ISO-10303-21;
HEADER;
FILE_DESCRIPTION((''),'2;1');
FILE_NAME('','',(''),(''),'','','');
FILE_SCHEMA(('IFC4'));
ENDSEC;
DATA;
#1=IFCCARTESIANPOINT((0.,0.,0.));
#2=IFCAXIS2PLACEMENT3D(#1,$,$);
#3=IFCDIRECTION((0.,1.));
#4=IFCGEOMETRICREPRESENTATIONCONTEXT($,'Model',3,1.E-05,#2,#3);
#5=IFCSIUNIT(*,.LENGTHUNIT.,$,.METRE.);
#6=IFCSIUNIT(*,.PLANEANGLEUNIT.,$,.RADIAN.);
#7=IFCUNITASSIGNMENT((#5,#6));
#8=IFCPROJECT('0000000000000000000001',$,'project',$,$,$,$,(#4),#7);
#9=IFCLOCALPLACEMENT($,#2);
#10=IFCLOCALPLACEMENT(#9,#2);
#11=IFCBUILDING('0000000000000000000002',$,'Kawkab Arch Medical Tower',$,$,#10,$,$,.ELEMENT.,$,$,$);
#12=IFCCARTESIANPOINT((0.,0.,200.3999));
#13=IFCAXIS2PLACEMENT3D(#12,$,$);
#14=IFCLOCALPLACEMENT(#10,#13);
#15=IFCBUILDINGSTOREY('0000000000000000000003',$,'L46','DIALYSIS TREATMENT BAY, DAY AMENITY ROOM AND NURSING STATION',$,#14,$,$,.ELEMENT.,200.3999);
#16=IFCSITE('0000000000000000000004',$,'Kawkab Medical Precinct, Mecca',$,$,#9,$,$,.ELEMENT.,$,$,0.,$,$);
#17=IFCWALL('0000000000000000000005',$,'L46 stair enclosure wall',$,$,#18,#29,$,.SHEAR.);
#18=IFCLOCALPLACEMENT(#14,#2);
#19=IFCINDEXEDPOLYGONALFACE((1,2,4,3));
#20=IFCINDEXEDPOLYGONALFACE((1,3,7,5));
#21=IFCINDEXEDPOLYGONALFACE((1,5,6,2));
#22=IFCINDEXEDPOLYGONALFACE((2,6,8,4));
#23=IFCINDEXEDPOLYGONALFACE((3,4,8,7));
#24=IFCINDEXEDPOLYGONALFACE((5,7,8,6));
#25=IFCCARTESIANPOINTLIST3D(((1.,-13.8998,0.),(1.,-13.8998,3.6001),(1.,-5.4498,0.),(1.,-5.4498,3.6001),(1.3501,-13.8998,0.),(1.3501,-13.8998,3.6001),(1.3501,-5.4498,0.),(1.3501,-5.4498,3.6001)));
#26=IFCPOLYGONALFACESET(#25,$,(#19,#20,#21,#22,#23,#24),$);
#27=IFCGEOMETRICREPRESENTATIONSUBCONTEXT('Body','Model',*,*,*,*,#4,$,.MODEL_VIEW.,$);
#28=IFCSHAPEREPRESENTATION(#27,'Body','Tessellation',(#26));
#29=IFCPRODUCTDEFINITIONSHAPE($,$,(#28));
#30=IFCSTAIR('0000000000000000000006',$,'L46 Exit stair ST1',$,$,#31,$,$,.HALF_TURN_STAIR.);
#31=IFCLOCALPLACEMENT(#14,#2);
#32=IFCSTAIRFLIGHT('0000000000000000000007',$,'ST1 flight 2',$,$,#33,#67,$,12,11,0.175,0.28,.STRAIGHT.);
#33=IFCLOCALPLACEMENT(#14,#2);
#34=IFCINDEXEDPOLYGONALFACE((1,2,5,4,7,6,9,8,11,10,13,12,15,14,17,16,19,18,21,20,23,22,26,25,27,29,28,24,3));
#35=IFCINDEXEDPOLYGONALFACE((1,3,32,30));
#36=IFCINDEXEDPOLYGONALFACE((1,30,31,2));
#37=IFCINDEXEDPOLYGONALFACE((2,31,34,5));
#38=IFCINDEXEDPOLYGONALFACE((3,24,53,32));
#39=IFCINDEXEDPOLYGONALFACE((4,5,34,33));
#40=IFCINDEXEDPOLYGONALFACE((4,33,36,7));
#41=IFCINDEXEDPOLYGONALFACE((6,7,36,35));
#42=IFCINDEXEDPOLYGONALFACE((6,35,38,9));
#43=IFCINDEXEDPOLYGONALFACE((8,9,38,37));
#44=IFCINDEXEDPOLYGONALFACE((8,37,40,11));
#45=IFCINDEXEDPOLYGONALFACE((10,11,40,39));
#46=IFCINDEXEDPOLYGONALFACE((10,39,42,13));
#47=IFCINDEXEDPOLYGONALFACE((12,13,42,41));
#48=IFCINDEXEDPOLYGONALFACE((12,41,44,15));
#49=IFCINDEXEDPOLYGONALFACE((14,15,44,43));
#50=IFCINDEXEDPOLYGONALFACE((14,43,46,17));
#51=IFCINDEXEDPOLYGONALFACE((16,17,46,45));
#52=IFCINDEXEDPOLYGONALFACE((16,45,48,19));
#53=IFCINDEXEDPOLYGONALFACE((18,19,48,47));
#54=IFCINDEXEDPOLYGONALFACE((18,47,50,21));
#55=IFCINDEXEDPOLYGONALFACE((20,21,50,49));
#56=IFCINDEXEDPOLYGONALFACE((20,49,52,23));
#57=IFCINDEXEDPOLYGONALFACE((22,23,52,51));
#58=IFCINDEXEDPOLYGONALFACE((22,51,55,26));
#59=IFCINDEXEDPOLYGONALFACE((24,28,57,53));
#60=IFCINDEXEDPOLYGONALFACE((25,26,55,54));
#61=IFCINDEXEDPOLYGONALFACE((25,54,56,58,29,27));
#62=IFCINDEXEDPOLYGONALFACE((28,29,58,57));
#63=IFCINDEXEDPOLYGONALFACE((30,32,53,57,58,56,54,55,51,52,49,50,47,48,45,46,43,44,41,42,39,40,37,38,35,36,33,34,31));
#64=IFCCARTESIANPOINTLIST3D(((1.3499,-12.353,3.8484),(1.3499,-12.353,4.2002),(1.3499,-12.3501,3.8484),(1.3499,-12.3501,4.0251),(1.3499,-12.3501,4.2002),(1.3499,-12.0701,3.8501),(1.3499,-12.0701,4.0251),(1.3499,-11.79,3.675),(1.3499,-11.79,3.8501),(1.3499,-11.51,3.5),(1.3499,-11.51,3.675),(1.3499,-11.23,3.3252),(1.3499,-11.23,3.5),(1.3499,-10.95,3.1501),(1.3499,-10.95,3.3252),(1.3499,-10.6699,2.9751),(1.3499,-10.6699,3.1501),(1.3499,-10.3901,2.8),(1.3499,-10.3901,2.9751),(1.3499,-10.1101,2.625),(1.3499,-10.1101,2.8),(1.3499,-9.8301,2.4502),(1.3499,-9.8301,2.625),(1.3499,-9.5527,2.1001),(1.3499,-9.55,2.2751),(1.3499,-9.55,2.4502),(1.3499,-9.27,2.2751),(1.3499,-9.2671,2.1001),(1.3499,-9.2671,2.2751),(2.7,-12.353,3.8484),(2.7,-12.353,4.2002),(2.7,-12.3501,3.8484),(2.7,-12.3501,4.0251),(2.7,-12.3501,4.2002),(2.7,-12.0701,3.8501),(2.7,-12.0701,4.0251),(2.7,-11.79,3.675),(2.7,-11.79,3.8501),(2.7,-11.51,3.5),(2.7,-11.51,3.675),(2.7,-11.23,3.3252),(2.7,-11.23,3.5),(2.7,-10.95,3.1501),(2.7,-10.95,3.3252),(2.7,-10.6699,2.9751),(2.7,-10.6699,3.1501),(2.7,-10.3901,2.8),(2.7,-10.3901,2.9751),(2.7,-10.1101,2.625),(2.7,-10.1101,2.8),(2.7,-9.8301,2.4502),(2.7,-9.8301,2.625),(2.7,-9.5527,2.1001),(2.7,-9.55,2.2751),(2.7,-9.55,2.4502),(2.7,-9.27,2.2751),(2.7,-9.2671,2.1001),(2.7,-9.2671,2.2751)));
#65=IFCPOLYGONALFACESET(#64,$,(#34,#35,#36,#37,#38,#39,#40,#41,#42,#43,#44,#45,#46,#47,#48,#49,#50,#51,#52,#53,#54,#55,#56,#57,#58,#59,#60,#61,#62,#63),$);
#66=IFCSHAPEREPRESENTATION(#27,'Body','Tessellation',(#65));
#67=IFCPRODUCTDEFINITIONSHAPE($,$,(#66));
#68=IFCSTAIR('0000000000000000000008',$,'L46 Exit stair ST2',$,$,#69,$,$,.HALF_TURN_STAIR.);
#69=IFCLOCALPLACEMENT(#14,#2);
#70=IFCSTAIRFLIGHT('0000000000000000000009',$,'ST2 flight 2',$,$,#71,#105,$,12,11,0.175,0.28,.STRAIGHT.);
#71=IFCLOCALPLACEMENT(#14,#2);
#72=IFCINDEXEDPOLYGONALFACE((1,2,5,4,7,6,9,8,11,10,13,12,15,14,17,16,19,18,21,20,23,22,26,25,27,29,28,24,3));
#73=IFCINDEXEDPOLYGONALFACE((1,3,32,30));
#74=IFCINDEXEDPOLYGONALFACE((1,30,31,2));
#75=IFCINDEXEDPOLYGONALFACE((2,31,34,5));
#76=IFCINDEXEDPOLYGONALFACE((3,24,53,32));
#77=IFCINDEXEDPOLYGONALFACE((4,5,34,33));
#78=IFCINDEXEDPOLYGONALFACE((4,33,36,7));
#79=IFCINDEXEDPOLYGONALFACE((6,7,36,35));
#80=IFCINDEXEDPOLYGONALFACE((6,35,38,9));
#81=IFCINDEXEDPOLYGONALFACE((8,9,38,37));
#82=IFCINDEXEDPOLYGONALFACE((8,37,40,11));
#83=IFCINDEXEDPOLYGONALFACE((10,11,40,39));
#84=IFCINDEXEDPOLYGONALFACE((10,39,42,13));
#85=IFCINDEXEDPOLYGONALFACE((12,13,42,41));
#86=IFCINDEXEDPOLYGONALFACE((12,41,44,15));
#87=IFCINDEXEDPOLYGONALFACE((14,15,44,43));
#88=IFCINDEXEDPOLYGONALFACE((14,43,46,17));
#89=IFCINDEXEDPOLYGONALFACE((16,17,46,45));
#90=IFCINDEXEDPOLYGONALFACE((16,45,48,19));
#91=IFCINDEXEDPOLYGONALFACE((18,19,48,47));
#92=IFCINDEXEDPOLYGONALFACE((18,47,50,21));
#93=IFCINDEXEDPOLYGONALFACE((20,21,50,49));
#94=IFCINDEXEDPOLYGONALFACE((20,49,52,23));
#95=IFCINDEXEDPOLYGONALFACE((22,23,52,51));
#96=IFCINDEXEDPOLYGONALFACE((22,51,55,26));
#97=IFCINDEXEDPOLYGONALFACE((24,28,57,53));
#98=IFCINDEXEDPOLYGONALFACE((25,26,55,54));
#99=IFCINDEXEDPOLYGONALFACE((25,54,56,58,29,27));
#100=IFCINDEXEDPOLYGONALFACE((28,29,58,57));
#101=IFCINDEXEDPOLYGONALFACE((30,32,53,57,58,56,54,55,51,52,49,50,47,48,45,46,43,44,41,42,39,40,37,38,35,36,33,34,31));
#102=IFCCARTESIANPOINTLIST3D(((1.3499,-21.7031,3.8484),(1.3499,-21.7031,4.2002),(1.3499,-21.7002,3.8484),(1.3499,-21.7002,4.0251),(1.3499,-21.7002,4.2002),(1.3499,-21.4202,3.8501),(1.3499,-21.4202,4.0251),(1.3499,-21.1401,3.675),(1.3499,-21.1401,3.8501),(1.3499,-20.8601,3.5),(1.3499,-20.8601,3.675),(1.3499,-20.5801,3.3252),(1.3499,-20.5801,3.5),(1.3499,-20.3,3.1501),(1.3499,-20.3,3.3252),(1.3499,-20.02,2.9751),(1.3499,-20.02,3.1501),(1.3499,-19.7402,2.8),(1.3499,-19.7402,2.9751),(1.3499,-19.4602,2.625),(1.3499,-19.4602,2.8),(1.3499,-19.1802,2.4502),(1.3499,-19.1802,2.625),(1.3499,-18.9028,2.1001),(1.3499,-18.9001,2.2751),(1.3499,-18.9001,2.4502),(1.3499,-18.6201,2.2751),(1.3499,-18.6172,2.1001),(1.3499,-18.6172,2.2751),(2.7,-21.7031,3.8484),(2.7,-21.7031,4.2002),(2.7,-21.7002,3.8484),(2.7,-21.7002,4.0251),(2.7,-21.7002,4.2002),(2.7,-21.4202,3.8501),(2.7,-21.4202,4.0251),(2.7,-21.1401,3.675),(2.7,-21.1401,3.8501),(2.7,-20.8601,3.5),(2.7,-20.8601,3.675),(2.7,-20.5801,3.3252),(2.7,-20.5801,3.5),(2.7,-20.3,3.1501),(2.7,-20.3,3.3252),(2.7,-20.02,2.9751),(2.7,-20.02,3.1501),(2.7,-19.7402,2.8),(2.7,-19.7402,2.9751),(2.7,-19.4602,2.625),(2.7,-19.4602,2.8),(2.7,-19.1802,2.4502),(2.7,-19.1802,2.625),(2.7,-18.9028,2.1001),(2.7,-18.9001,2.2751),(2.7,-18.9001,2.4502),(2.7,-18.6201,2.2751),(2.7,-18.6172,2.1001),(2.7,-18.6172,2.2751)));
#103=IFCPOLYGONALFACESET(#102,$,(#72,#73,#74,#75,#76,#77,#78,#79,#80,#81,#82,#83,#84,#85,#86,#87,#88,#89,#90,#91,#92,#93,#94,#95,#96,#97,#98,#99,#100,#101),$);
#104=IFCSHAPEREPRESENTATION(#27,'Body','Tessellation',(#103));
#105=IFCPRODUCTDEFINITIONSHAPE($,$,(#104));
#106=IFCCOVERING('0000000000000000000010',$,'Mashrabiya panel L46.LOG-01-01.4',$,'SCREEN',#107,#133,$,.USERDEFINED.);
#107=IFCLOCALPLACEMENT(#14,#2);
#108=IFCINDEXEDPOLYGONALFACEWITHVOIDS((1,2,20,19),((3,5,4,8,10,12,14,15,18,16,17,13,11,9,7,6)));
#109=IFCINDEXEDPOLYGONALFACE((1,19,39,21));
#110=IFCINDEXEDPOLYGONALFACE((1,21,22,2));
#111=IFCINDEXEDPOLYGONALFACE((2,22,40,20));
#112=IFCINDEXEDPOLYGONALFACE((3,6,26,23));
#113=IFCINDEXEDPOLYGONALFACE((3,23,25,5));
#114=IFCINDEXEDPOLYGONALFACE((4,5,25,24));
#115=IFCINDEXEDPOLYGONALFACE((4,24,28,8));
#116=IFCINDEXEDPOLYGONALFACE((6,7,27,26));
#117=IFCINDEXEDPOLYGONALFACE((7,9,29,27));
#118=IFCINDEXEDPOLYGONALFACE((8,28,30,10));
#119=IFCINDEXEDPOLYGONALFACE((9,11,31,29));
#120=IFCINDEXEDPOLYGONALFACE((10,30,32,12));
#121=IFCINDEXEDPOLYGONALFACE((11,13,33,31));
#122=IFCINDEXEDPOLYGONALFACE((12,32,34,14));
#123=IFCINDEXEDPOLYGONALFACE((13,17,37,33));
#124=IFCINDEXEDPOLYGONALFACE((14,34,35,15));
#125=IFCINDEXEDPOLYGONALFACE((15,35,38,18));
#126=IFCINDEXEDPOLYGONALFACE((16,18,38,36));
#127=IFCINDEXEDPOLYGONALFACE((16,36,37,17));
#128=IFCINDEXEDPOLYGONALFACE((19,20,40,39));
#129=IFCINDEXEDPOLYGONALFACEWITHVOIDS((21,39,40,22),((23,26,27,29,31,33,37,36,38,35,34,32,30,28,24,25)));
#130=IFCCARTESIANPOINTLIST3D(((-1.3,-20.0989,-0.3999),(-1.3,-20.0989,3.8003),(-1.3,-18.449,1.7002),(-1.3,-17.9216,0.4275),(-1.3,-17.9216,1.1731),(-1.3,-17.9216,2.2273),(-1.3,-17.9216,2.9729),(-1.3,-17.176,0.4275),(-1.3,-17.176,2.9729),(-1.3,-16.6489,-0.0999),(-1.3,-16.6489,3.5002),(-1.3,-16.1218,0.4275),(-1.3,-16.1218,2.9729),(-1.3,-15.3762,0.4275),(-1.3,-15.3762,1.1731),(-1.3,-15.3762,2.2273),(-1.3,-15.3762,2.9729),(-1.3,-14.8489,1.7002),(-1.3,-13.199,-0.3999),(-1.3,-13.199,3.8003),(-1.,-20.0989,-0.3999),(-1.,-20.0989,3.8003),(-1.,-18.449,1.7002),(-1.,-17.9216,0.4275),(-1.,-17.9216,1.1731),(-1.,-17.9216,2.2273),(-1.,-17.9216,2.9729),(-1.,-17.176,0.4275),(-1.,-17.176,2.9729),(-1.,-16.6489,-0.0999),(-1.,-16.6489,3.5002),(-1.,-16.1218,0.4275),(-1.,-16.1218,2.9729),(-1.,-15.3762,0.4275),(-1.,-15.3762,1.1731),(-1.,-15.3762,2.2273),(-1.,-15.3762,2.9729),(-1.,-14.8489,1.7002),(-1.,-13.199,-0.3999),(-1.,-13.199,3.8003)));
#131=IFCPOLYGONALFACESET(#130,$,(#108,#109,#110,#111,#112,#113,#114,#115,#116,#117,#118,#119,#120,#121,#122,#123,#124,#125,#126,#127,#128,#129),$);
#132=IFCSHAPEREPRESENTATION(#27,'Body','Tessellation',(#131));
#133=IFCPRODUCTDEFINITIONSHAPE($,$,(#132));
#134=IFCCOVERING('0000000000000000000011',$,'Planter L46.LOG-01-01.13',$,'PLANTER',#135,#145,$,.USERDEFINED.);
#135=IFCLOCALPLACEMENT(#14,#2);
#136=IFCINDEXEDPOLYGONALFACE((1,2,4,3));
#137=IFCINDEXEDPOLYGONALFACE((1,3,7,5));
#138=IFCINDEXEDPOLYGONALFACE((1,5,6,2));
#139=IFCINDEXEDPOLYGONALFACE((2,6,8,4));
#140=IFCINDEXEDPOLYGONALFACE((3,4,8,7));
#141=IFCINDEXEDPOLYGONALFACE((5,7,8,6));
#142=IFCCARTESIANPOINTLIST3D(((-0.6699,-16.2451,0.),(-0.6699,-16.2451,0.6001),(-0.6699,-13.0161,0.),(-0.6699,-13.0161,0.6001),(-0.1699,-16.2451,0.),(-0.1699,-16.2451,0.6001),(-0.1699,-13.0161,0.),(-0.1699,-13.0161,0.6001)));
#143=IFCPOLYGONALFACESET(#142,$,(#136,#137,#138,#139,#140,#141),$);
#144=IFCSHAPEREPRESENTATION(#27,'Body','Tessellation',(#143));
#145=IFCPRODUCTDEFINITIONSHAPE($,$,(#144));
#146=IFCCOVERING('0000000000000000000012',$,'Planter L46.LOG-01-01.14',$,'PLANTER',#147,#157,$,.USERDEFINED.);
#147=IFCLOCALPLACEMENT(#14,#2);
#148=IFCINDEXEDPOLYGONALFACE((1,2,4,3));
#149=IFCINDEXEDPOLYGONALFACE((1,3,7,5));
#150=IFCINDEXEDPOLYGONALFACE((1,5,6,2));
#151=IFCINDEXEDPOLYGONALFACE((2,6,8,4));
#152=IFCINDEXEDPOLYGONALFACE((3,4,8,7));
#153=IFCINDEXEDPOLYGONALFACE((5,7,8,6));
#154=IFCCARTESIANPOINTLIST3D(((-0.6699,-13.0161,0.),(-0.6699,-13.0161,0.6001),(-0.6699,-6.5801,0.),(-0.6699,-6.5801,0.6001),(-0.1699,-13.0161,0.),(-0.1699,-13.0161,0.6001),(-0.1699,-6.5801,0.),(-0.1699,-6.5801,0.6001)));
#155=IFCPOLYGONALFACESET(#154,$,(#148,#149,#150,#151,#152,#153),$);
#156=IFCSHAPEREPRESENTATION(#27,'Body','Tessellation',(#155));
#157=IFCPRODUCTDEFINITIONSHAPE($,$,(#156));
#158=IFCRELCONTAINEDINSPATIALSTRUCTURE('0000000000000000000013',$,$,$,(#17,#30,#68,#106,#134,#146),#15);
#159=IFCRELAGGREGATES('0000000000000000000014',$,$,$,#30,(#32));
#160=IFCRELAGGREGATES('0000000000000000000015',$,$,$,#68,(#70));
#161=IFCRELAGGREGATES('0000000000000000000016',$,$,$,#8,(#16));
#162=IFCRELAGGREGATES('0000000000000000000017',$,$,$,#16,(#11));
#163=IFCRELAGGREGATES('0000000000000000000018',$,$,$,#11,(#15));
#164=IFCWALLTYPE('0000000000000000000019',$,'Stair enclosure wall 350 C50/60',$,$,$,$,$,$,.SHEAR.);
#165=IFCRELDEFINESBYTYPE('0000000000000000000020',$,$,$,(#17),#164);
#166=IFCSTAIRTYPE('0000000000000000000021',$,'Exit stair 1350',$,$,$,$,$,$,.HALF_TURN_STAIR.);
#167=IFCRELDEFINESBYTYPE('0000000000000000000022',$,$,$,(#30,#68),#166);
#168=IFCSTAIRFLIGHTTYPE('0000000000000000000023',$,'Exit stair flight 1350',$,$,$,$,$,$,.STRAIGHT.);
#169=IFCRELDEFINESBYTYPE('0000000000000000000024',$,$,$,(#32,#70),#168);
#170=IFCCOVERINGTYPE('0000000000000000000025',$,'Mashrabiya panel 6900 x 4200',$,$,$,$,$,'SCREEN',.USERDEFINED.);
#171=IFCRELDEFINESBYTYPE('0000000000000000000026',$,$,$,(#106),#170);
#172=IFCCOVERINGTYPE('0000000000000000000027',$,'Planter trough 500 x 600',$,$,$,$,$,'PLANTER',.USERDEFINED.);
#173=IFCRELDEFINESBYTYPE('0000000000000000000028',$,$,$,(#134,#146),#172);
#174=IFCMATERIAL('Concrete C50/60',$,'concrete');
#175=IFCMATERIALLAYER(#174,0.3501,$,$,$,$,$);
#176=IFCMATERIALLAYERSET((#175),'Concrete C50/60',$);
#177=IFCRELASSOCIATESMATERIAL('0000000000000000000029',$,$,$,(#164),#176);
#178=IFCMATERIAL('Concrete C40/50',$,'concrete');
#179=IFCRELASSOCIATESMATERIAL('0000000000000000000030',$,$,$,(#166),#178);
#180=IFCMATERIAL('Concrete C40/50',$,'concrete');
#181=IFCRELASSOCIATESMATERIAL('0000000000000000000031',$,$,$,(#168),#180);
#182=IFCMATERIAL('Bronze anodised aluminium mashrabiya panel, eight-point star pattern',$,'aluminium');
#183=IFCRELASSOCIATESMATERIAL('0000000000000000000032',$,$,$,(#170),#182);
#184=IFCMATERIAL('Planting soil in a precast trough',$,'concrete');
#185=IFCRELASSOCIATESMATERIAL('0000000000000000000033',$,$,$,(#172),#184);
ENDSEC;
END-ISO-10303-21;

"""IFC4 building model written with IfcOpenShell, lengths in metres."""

from ifc_helpers import new_model, si_unit, direction, frame, frame_2d, origin, origin_2d, place, context, subcontext, project, spatial, polyline, rectangle, outline, extrude, material, layer, layer_set, material_profile, profile_set, type_object, element, aggregate, save


model = new_model("IFC4")

# Units and contexts
model_context = context("Model", 3, precision=1e-05, world=origin(), true_north=direction((0.0, 1.0)))
body_context = subcontext(model_context, "Body", "Model", "MODEL_VIEW")
ifc_project = project(units=[si_unit("LENGTHUNIT", "METRE"), si_unit("PLANEANGLEUNIT", "RADIAN")], contexts=[model_context])

# Site, building, storey
site_placement = place(None, origin())
site = spatial("IfcSite", under=ifc_project, at=site_placement, Name="Kawkab Medical Precinct, Mecca", CompositionType="ELEMENT", RefElevation=0.0)
building_placement = place(site_placement, origin())
building = spatial("IfcBuilding", under=site, at=building_placement, Name="Kawkab Arch Medical Tower", CompositionType="ELEMENT")
storey_placement = place(building_placement, frame((0.0, 0.0, 200.3999)))
storey = spatial("IfcBuildingStorey", under=building, at=storey_placement, Name="L46", Description="DIALYSIS TREATMENT BAY, DAY AMENITY ROOM AND NURSING STATION", CompositionType="ELEMENT", Elevation=200.3999)

# Shared definitions
placement = place(storey_placement, origin())

# Wall
ifc_material_1 = material(Name="Concrete C50/60", Category="concrete")
ifc_layer_1 = layer(ifc_material_1, 0.3501)
ifc_layer_set_1 = layer_set([ifc_layer_1], Name="Concrete C50/60")
wall_type_1 = type_object("IfcWallType", Name="Stair enclosure wall 350 C50/60", PredefinedType="SHEAR", material=ifc_layer_set_1)
wall_1_placement = place(storey_placement, frame((1.175, -13.8999, 0.0), z_axis=(0.0, 0.0, 1.0), x_axis=(0.0, 1.0, 0.0)))
element("IfcWall", 1, at=wall_1_placement, inside=storey, type_object=wall_type_1, Name="L46 stair enclosure wall", PredefinedType="SHEAR", context=body_context, shape_type="SweptSolid", body=[
    extrude(rectangle(XDim=8.45, YDim=0.3501, at=frame_2d((4.2251, 0.0))), origin(), (0.0, 0.0, 1.0), 3.6001),
])

# Stairs, stair flights
ifc_material_2 = material(Name="Concrete C40/50", Category="concrete")
stair_type = type_object("IfcStairType", Name="Exit stair 1350", PredefinedType="HALF_TURN_STAIR", material=ifc_material_2)
stair_1 = element("IfcStair", 2, at=placement, inside=storey, type_object=stair_type, Name="L46 Exit stair ST1", PredefinedType="HALF_TURN_STAIR")
ifc_material_3 = material(Name="Concrete C40/50", Category="concrete")
stair_flight_type = type_object("IfcStairFlightType", Name="Exit stair flight 1350", PredefinedType="STRAIGHT", material=ifc_material_3)
stair_flight_1_placement = place(storey_placement, frame((2.0249, -9.27, 2.1001), z_axis=(0.0, 0.0, 1.0), x_axis=(0.0, -1.0, 0.0)))
stair_flight_1 = element("IfcStairFlight", 3, at=stair_flight_1_placement, type_object=stair_flight_type, Name="ST1 flight 2", NumberOfRisers=12, NumberOfTreads=11, PredefinedType="STRAIGHT", RiserHeight=0.175, TreadLength=0.28, context=body_context, shape_type="SweptSolid", body=[
    extrude(outline(polyline([(-0.0029, 0.0), (-0.0029, 0.175), (0.0, 0.175), (0.28, 0.175), (0.28, 0.3501), (0.5601, 0.3501), (0.5601, 0.5249), (0.8401, 0.5249), (0.8401, 0.7), (1.1201, 0.7), (1.1201, 0.875), (1.3999, 0.875), (1.3999, 1.05), (1.6799, 1.05), (1.6799, 1.2251), (1.96, 1.2251), (1.96, 1.3999), (2.24, 1.3999), (2.24, 1.575), (2.52, 1.575), (2.52, 1.75), (2.8, 1.75), (2.8, 1.925), (3.0801, 1.925), (3.0801, 2.1001), (3.083, 2.1001), (3.083, 1.7483), (3.0801, 1.7483), (0.2827, 0.0), (-0.0029, 0.0)])), frame((0.0, 0.675, 0.0), z_axis=(0.0, -1.0, 0.0), x_axis=(1.0, 0.0, 0.0)), (0.0, 0.0, 1.0), 1.3501),
])
aggregate(stair_1, [stair_flight_1])
stair_2 = element("IfcStair", 4, at=placement, inside=storey, type_object=stair_type, Name="L46 Exit stair ST2", PredefinedType="HALF_TURN_STAIR")
stair_flight_2_placement = place(storey_placement, frame((2.0249, -18.6201, 2.1001), z_axis=(0.0, 0.0, 1.0), x_axis=(0.0, -1.0, 0.0)))
stair_flight_2 = element("IfcStairFlight", 5, at=stair_flight_2_placement, type_object=stair_flight_type, Name="ST2 flight 2", NumberOfRisers=12, NumberOfTreads=11, PredefinedType="STRAIGHT", RiserHeight=0.175, TreadLength=0.28, context=body_context, shape_type="SweptSolid", body=[
    extrude(outline(polyline([(-0.0029, 0.0), (-0.0029, 0.175), (0.0, 0.175), (0.28, 0.175), (0.28, 0.3501), (0.5601, 0.3501), (0.5601, 0.5249), (0.8401, 0.5249), (0.8401, 0.7), (1.1201, 0.7), (1.1201, 0.875), (1.3999, 0.875), (1.3999, 1.05), (1.6799, 1.05), (1.6799, 1.2251), (1.96, 1.2251), (1.96, 1.3999), (2.24, 1.3999), (2.24, 1.575), (2.52, 1.575), (2.52, 1.75), (2.8, 1.75), (2.8, 1.925), (3.0801, 1.925), (3.0801, 2.1001), (3.083, 2.1001), (3.083, 1.7483), (3.0801, 1.7483), (0.2827, 0.0), (-0.0029, 0.0)])), frame((0.0, 0.675, 0.0), z_axis=(0.0, -1.0, 0.0), x_axis=(1.0, 0.0, 0.0)), (0.0, 0.0, 1.0), 1.3501),
])
aggregate(stair_2, [stair_flight_2])

# Coverings
ifc_material_4 = material(Name="Bronze anodised aluminium mashrabiya panel, eight-point star pattern", Category="aluminium")
ifc_material_profile_1 = material_profile(ifc_material_4, outline(polyline([(-3.45, -2.1001), (3.45, -2.1001), (3.45, 2.1001), (-3.45, 2.1001), (-3.45, -2.1001)]), holes=[polyline([(1.8, 0.0), (1.2727, 0.5271), (1.2727, 1.2727), (0.5271, 1.2727), (0.0, 1.8), (-0.5271, 1.2727), (-1.2727, 1.2727), (-1.2727, 0.5271), (-1.8, 0.0), (-1.2727, -0.5271), (-1.2727, -1.2727), (-0.5271, -1.2727), (0.0, -1.8), (0.5271, -1.2727), (1.2727, -1.2727), (1.2727, -0.5271), (1.8, 0.0)])]), Name="Mashrabiya panel 6900x4200")
ifc_profile_set_1 = profile_set([ifc_material_profile_1], Name="Bronze anodised aluminium mashrabiya panel, eight-point star pattern")
covering_type_1 = type_object("IfcCoveringType", Name="Mashrabiya panel 6900 x 4200", ElementType="SCREEN", PredefinedType="USERDEFINED", material=ifc_profile_set_1)
covering_1_placement = place(storey_placement, frame((-1.0, -16.6489, 1.7002), z_axis=(-1.0, 0.0, 0.0), x_axis=(0.0, -1.0, 0.0)))
element("IfcCovering", 6, at=covering_1_placement, inside=storey, type_object=covering_type_1, Name="Mashrabiya panel L46.LOG-01-01.4", ObjectType="SCREEN", PredefinedType="USERDEFINED", context=body_context, shape_type="SweptSolid", body=[
    extrude(outline(polyline([(-3.45, -2.1001), (3.45, -2.1001), (3.45, 2.1001), (-3.45, 2.1001), (-3.45, -2.1001)]), holes=[polyline([(1.8, 0.0), (1.2727, 0.5271), (1.2727, 1.2727), (0.5271, 1.2727), (0.0, 1.8), (-0.5271, 1.2727), (-1.2727, 1.2727), (-1.2727, 0.5271), (-1.8, 0.0), (-1.2727, -0.5271), (-1.2727, -1.2727), (-0.5271, -1.2727), (0.0, -1.8), (0.5271, -1.2727), (1.2727, -1.2727), (1.2727, -0.5271), (1.8, 0.0)])]), origin(), (0.0, 0.0, 1.0), 0.3),
])
ifc_material_5 = material(Name="Planting soil in a precast trough", Category="concrete")
ifc_material_profile_2 = material_profile(ifc_material_5, rectangle(XDim=0.5, YDim=0.6001, at=origin_2d()), Name="Trough 500x600")
ifc_profile_set_2 = profile_set([ifc_material_profile_2], Name="Planting soil in a precast trough")
covering_type_2 = type_object("IfcCoveringType", Name="Planter trough 500 x 600", ElementType="PLANTER", PredefinedType="USERDEFINED", material=ifc_profile_set_2)
covering_2_placement = place(storey_placement, frame((-0.4199, -16.2451, 0.3), z_axis=(0.0, 1.0, 0.0), x_axis=(-1.0, 0.0, 0.0)))
element("IfcCovering", 7, at=covering_2_placement, inside=storey, type_object=covering_type_2, Name="Planter L46.LOG-01-01.13", ObjectType="PLANTER", PredefinedType="USERDEFINED", context=body_context, shape_type="SweptSolid", body=[
    extrude(rectangle(XDim=0.5, YDim=0.6001, at=origin_2d()), origin(), (0.0, 0.0, 1.0), 3.229),
])
covering_3_placement = place(storey_placement, frame((-0.4199, -13.0161, 0.3), z_axis=(0.0, 1.0, 0.0), x_axis=(-1.0, 0.0, 0.0)))
element("IfcCovering", 8, at=covering_3_placement, inside=storey, type_object=covering_type_2, Name="Planter L46.LOG-01-01.14", ObjectType="PLANTER", PredefinedType="USERDEFINED", context=body_context, shape_type="SweptSolid", body=[
    extrude(rectangle(XDim=0.5, YDim=0.6001, at=origin_2d()), origin(), (0.0, 0.0, 1.0), 6.436),
])

save(model, "model.ifc")
